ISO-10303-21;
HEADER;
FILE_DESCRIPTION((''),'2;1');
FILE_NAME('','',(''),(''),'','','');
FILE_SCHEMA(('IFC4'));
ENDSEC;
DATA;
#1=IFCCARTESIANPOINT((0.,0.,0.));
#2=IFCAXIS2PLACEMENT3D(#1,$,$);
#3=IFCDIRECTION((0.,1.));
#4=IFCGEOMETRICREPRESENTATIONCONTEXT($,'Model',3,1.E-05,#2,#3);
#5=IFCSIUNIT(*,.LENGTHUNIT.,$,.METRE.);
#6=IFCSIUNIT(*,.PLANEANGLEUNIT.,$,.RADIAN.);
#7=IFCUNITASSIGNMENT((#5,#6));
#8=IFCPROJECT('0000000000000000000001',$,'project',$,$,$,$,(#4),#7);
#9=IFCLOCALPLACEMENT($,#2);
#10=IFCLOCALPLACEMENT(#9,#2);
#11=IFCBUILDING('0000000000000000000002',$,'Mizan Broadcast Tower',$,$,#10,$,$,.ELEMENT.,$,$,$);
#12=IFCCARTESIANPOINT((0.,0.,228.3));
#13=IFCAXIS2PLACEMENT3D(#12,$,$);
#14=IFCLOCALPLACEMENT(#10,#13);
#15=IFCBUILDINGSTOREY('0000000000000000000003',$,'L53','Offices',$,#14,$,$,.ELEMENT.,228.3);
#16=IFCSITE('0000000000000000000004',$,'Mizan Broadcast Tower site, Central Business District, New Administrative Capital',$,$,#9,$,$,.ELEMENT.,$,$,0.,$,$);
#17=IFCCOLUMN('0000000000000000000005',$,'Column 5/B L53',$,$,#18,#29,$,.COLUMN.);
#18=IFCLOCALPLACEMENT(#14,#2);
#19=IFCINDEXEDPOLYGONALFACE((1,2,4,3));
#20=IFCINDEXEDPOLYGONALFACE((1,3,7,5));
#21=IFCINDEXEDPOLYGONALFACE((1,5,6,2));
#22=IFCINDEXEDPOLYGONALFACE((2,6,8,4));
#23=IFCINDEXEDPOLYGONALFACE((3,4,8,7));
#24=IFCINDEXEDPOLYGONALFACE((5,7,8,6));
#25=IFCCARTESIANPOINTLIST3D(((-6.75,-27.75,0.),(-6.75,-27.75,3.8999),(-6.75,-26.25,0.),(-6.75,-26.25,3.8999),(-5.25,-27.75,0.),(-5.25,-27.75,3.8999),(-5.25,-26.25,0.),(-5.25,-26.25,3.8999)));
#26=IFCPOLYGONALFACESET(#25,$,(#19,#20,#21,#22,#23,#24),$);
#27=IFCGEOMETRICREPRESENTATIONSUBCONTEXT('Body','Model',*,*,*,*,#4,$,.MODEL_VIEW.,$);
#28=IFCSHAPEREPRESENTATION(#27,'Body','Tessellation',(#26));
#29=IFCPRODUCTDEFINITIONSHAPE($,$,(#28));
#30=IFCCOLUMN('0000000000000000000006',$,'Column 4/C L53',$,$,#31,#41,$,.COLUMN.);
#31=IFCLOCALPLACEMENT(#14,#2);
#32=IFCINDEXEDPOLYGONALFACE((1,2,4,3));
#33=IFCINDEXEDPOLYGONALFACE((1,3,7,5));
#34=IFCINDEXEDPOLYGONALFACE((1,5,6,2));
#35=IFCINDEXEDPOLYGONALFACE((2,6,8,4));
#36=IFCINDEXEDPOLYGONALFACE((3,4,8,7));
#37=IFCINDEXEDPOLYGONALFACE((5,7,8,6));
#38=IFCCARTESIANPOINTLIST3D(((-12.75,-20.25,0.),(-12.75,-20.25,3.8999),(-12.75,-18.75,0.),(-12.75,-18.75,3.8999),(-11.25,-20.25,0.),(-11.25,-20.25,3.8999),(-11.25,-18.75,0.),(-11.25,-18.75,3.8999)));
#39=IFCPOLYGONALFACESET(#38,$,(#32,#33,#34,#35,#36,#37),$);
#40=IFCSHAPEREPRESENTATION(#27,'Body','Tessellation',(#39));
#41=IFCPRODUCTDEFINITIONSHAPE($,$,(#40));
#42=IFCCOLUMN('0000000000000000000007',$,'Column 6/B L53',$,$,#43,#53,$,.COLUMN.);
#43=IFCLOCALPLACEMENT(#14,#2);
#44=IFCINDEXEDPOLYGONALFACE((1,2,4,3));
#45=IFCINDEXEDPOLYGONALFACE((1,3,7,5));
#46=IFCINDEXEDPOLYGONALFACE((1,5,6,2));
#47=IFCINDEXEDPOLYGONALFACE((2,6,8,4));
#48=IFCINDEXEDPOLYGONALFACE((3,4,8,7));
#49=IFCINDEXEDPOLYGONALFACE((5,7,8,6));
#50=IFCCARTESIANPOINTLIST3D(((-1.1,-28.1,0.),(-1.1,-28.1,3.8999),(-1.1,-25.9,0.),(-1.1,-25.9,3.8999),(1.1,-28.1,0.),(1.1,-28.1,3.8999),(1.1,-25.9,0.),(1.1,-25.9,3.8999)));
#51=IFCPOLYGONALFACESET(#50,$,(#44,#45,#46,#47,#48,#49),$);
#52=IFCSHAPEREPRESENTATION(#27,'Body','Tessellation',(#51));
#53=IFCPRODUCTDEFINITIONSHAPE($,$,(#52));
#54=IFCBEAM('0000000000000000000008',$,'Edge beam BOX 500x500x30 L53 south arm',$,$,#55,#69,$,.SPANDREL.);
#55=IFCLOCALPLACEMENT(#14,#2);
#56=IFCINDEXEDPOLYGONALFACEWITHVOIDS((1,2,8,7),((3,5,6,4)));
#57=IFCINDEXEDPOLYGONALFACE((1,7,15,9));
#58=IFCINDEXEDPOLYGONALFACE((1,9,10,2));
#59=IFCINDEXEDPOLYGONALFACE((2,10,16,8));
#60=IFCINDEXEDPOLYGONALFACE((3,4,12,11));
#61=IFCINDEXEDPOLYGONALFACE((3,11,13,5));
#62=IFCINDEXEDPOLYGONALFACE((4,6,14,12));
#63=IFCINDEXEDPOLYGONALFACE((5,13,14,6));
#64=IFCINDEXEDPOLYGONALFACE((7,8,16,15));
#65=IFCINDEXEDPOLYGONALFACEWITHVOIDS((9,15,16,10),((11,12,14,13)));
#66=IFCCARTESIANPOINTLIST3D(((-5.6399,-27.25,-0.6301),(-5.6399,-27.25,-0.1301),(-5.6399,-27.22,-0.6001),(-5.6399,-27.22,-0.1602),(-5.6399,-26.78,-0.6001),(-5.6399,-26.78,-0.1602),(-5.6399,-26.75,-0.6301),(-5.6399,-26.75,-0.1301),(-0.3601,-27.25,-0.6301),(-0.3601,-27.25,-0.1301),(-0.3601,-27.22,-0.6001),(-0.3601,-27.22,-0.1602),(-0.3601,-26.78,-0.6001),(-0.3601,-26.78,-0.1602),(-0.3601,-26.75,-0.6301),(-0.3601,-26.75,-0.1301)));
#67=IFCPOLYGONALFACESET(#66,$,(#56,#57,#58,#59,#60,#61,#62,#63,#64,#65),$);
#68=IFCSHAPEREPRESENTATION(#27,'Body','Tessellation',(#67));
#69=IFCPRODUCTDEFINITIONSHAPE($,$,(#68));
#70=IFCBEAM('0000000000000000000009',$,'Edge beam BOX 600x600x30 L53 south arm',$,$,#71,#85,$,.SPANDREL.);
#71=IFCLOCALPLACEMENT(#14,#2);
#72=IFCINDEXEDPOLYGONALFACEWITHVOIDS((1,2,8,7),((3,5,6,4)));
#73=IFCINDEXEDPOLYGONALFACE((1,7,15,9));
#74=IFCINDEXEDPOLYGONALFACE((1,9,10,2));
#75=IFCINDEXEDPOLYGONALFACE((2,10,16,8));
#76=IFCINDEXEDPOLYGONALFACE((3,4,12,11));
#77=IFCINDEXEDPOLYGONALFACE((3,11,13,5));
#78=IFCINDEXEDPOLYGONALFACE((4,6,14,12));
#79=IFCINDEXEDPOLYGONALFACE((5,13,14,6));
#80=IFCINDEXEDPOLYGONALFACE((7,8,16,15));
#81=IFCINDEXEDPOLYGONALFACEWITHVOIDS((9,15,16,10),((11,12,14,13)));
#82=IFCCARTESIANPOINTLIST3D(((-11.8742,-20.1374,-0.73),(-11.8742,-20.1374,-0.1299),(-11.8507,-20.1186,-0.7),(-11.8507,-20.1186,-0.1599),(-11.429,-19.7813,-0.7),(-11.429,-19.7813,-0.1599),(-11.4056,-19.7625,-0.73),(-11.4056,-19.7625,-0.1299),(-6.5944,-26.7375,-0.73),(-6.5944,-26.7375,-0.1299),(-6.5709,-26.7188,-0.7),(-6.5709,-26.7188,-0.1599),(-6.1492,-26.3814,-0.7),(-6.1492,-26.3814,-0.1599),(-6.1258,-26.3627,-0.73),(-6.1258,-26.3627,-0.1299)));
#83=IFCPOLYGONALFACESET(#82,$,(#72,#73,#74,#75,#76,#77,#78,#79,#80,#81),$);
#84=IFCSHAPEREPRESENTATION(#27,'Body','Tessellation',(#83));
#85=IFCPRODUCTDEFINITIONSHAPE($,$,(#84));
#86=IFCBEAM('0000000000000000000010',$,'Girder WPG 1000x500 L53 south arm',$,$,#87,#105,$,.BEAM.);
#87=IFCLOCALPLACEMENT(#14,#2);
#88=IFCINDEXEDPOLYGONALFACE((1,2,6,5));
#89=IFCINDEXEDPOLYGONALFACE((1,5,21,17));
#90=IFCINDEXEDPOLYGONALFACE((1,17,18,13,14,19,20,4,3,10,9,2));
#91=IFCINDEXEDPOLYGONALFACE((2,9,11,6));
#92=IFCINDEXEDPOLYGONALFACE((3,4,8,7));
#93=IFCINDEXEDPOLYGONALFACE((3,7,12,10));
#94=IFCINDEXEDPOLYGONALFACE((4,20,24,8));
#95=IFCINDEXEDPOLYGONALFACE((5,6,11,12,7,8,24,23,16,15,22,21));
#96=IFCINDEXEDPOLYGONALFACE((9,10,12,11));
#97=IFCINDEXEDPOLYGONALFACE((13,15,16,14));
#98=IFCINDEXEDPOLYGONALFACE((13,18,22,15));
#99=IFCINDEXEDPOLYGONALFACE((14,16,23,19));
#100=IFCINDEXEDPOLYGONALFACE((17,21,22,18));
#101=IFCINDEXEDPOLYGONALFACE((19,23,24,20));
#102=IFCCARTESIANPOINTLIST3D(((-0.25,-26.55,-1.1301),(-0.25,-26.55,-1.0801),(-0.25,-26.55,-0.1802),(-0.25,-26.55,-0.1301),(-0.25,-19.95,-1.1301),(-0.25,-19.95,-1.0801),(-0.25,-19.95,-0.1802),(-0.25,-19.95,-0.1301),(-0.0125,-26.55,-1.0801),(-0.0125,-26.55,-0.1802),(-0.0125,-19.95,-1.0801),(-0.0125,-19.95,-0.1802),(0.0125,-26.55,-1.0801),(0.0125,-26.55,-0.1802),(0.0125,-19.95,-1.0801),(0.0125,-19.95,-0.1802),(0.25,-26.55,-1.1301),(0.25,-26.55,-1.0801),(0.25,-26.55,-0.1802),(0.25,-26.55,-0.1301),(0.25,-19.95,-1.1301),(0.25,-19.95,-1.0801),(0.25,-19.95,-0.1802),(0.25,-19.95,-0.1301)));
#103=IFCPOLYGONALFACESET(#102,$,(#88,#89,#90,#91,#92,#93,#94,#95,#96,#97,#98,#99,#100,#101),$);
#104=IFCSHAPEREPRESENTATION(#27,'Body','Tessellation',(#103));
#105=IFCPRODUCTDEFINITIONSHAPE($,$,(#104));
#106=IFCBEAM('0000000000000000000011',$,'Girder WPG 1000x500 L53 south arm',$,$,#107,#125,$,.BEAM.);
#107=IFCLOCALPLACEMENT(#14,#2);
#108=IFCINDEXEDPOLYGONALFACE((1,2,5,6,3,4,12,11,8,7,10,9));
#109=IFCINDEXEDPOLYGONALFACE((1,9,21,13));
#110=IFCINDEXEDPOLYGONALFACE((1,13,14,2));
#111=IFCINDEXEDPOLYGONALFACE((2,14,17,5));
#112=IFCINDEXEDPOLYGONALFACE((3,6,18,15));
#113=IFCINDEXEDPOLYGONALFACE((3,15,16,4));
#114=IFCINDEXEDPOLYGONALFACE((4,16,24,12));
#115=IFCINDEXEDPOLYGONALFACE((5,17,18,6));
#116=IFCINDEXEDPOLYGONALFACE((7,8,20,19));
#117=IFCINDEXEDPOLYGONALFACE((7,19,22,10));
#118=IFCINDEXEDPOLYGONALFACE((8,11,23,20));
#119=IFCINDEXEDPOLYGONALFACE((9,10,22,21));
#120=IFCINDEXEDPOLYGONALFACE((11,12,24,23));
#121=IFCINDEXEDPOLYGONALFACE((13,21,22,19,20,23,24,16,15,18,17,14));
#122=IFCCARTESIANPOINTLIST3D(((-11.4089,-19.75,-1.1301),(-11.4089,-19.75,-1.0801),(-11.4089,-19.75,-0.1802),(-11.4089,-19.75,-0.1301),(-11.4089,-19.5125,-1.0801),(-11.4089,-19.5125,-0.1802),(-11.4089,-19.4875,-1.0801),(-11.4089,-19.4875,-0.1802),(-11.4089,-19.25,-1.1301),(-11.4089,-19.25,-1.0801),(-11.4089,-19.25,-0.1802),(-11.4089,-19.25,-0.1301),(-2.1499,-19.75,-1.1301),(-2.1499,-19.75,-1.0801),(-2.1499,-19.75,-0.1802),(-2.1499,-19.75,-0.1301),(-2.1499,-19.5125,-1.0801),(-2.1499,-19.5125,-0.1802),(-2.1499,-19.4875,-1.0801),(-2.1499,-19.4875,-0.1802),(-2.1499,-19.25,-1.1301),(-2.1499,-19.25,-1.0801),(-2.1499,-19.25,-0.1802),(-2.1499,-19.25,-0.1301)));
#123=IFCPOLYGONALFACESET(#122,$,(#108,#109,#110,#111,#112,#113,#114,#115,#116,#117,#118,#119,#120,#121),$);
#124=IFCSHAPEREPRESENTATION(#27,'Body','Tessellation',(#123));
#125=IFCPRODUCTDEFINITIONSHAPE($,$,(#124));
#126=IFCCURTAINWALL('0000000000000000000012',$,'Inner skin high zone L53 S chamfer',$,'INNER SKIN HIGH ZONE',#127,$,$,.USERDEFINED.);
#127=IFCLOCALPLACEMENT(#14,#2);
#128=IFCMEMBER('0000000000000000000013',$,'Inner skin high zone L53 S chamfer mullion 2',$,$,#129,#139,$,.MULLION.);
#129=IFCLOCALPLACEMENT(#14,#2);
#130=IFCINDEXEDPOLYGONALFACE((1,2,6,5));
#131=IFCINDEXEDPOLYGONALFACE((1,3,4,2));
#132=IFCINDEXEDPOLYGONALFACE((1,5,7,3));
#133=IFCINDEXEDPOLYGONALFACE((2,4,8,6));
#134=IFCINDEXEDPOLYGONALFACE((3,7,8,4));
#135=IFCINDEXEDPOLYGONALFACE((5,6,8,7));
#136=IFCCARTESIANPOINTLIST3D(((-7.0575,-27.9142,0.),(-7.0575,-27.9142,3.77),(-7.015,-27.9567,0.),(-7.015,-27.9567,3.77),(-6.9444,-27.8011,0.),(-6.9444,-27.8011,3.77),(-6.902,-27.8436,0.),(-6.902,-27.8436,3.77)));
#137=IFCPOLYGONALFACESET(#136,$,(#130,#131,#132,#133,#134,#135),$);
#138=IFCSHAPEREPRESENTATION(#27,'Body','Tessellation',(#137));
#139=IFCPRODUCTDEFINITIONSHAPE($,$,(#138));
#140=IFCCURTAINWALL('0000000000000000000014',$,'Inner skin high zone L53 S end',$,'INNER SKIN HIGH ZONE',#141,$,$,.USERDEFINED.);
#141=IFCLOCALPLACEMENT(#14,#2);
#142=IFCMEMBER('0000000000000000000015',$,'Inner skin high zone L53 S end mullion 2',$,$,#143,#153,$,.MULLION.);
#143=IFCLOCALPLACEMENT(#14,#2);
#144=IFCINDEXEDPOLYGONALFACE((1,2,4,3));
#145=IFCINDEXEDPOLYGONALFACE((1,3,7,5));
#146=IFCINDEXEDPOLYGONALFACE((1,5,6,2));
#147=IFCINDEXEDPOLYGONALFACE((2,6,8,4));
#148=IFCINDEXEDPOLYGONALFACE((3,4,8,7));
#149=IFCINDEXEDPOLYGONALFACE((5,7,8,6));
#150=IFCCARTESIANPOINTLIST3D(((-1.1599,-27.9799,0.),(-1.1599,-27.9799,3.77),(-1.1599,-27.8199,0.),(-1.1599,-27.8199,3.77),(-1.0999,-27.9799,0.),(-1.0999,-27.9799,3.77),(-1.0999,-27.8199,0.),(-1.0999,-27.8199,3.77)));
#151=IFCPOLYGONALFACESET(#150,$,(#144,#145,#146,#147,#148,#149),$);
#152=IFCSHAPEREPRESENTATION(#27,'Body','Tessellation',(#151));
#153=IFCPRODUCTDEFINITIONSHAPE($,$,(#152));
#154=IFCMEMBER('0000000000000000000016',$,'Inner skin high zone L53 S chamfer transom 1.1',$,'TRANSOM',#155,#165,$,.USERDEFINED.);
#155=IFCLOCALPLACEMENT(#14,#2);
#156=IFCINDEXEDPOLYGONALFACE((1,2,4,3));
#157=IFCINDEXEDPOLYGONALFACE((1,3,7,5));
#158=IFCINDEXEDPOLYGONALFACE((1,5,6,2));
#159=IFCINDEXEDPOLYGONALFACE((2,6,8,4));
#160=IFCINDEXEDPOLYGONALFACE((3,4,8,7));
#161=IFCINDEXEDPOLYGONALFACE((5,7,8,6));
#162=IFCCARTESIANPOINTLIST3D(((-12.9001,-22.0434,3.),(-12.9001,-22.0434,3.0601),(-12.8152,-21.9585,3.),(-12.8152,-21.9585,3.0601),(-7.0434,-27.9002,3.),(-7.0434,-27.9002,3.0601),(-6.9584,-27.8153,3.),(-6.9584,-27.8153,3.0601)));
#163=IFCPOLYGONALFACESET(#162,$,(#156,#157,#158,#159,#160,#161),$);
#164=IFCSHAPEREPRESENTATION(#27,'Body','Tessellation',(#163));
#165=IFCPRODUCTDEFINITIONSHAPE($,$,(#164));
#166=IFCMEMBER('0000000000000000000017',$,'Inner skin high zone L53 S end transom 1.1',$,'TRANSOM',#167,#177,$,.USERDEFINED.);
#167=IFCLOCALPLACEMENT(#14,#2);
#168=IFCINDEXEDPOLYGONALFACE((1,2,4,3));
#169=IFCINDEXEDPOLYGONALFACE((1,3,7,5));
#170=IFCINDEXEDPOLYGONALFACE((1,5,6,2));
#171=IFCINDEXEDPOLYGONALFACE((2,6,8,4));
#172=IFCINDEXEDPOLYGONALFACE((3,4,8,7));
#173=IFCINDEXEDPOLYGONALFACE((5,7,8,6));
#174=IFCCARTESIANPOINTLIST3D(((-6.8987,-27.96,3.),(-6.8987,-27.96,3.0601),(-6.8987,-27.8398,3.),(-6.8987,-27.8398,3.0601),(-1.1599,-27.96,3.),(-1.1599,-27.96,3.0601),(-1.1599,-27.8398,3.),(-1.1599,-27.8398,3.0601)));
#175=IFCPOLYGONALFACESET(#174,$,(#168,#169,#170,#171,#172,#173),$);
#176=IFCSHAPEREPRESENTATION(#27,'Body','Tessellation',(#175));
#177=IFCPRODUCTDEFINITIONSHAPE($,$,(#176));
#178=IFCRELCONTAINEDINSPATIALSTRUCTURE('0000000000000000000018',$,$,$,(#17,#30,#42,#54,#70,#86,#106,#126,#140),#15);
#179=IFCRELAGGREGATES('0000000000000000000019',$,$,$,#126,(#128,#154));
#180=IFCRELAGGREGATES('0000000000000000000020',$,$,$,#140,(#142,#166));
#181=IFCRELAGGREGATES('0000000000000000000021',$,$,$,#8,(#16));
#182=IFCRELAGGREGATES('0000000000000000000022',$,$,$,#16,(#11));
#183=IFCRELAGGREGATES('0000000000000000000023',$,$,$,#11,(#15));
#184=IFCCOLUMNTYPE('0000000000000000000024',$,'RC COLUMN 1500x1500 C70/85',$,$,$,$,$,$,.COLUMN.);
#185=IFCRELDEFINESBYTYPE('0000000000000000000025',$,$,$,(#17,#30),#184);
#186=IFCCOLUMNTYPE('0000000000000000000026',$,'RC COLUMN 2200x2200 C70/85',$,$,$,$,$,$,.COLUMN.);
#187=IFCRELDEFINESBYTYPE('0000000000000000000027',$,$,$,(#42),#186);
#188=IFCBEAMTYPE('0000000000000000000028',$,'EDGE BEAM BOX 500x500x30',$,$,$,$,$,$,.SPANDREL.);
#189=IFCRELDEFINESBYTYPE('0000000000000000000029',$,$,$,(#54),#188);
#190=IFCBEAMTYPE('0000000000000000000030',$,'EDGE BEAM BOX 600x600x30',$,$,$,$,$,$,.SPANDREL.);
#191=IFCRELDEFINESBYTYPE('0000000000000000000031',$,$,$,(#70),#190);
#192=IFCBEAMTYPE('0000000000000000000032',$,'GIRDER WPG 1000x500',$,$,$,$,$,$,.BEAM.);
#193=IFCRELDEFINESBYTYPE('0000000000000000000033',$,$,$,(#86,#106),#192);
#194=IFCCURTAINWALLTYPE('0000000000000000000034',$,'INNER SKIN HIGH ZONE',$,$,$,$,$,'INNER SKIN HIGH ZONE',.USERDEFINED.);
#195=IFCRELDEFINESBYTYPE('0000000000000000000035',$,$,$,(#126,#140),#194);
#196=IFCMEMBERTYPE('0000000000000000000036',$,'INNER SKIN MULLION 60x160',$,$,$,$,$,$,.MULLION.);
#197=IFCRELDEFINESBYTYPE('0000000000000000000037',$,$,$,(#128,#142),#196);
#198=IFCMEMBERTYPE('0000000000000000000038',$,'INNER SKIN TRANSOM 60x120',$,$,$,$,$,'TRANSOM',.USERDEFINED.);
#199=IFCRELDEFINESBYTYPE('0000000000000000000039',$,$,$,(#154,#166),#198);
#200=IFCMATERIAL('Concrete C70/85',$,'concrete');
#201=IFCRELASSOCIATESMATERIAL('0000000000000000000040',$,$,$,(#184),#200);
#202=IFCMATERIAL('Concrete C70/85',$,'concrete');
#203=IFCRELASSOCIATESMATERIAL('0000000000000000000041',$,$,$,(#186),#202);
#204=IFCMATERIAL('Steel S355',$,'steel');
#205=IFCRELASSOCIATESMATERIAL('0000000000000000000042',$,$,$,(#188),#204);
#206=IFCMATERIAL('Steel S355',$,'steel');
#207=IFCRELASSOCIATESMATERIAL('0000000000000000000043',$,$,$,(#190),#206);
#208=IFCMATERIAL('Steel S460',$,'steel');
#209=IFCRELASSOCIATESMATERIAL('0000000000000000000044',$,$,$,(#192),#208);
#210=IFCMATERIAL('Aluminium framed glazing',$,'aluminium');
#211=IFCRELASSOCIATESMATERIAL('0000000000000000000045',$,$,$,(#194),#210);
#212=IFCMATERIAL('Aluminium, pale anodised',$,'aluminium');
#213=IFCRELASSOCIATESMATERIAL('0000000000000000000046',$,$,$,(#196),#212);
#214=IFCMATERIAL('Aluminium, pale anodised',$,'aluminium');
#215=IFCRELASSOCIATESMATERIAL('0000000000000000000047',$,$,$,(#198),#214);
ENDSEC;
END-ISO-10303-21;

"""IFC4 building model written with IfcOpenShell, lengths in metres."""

from ifc_helpers import new_model, si_unit, direction, frame, origin, origin_2d, place, context, subcontext, project, spatial, rectangle, hollow_rectangle, i_section, extrude, material, material_profile, profile_set, type_object, element, aggregate, save


model = new_model("IFC4")

# Units and contexts
model_context = context("Model", 3, precision=1e-05, world=origin(), true_north=direction((0.0, 1.0)))
body_context = subcontext(model_context, "Body", "Model", "MODEL_VIEW")
ifc_project = project(units=[si_unit("LENGTHUNIT", "METRE"), si_unit("PLANEANGLEUNIT", "RADIAN")], contexts=[model_context])

# Site, building, storey
site_placement = place(None, origin())
site = spatial("IfcSite", under=ifc_project, at=site_placement, Name="Mizan Broadcast Tower site, Central Business District, New Administrative Capital", CompositionType="ELEMENT", RefElevation=0.0)
building_placement = place(site_placement, origin())
building = spatial("IfcBuilding", under=site, at=building_placement, Name="Mizan Broadcast Tower", CompositionType="ELEMENT")
storey_placement = place(building_placement, frame((0.0, 0.0, 228.3)))
storey = spatial("IfcBuildingStorey", under=building, at=storey_placement, Name="L53", Description="Offices", CompositionType="ELEMENT", Elevation=228.3)

# Columns
ifc_material_1 = material(Name="Concrete C70/85", Category="concrete")
ifc_material_profile_1 = material_profile(ifc_material_1, rectangle(XDim=1.5, YDim=1.5, at=origin_2d()), Name="RC 1500x1500")
ifc_profile_set_1 = profile_set([ifc_material_profile_1], Name="Concrete C70/85")
column_type_1 = type_object("IfcColumnType", Name="RC COLUMN 1500x1500 C70/85", PredefinedType="COLUMN", material=ifc_profile_set_1)
for number, where, z_axis, x_axis, name in (
    (1, (-6.0, -27.0, 0.0), (0.0, 0.0, 1.0), (1.0, 0.0, 0.0), "Column 5/B L53"),
    (2, (-12.0, -19.5, 0.0), (0.0, 0.0, 1.0), (1.0, 0.0, 0.0), "Column 4/C L53"),
):
    element("IfcColumn", number, at=place(storey_placement, frame(where, z_axis=z_axis, x_axis=x_axis)), inside=storey, type_object=column_type_1, Name=name, PredefinedType="COLUMN", context=body_context, shape_type="SweptSolid", body=[
        extrude(rectangle(XDim=1.5, YDim=1.5, at=origin_2d()), origin(), (0.0, 0.0, 1.0), 3.8999),
    ])
ifc_material_2 = material(Name="Concrete C70/85", Category="concrete")
ifc_material_profile_2 = material_profile(ifc_material_2, rectangle(XDim=2.2, YDim=2.2, at=origin_2d()), Name="RC 2200x2200")
ifc_profile_set_2 = profile_set([ifc_material_profile_2], Name="Concrete C70/85")
column_type_2 = type_object("IfcColumnType", Name="RC COLUMN 2200x2200 C70/85", PredefinedType="COLUMN", material=ifc_profile_set_2)
column_placement = place(storey_placement, frame((0.0, -27.0, 0.0), z_axis=(0.0, 0.0, 1.0), x_axis=(1.0, 0.0, 0.0)))
element("IfcColumn", 3, at=column_placement, inside=storey, type_object=column_type_2, Name="Column 6/B L53", PredefinedType="COLUMN", context=body_context, shape_type="SweptSolid", body=[
    extrude(rectangle(XDim=2.2, YDim=2.2, at=origin_2d()), origin(), (0.0, 0.0, 1.0), 3.8999),
])

# Beams
ifc_material_3 = material(Name="Steel S355", Category="steel")
ifc_material_profile_3 = material_profile(ifc_material_3, hollow_rectangle(XDim=0.5, YDim=0.5, WallThickness=0.03, at=origin_2d()), Name="BOX 500x500x30")
ifc_profile_set_3 = profile_set([ifc_material_profile_3], Name="Steel S355")
beam_type_1 = type_object("IfcBeamType", Name="EDGE BEAM BOX 500x500x30", PredefinedType="SPANDREL", material=ifc_profile_set_3)
beam_1_placement = place(storey_placement, frame((-5.6399, -27.0, -0.3801), z_axis=(1.0, 0.0, 0.0), x_axis=(0.0, 1.0, 0.0)))
element("IfcBeam", 4, at=beam_1_placement, inside=storey, type_object=beam_type_1, Name="Edge beam BOX 500x500x30 L53 south arm", PredefinedType="SPANDREL", context=body_context, shape_type="SweptSolid", body=[
    extrude(hollow_rectangle(XDim=0.5, YDim=0.5, WallThickness=0.03, at=origin_2d()), origin(), (0.0, 0.0, 1.0), 5.2798),
])
ifc_material_4 = material(Name="Steel S355", Category="steel")
ifc_material_profile_4 = material_profile(ifc_material_4, hollow_rectangle(XDim=0.6001, YDim=0.6001, WallThickness=0.03, at=origin_2d()), Name="BOX 600x600x30")
ifc_profile_set_4 = profile_set([ifc_material_profile_4], Name="Steel S355")
beam_type_2 = type_object("IfcBeamType", Name="EDGE BEAM BOX 600x600x30", PredefinedType="SPANDREL", material=ifc_profile_set_4)
beam_2_placement = place(storey_placement, frame((-11.6399, -19.95, -0.4299), z_axis=(0.624674, -0.780886, 0.0), x_axis=(0.780886, 0.624674, 0.0)))
element("IfcBeam", 5, at=beam_2_placement, inside=storey, type_object=beam_type_2, Name="Edge beam BOX 600x600x30 L53 south arm", PredefinedType="SPANDREL", context=body_context, shape_type="SweptSolid", body=[
    extrude(hollow_rectangle(XDim=0.6001, YDim=0.6001, WallThickness=0.03, at=origin_2d()), origin(), (0.0, 0.0, 1.0), 8.4521),
])
ifc_material_5 = material(Name="Steel S460", Category="steel")
ifc_material_profile_5 = material_profile(ifc_material_5, i_section(OverallWidth=0.5, OverallDepth=1.0, WebThickness=0.0249, FlangeThickness=0.05, at=origin_2d()), Name="WPG 1000x500")
ifc_profile_set_5 = profile_set([ifc_material_profile_5], Name="Steel S460")
beam_type_3 = type_object("IfcBeamType", Name="GIRDER WPG 1000x500", PredefinedType="BEAM", material=ifc_profile_set_5)
beam_3_placement = place(storey_placement, frame((0.0, -19.95, -0.6301), z_axis=(0.0, -1.0, 0.0), x_axis=(1.0, 0.0, 0.0)))
element("IfcBeam", 6, at=beam_3_placement, inside=storey, type_object=beam_type_3, Name="Girder WPG 1000x500 L53 south arm", PredefinedType="BEAM", context=body_context, shape_type="SweptSolid", body=[
    extrude(i_section(OverallWidth=0.5, OverallDepth=1.0, WebThickness=0.0249, FlangeThickness=0.05, at=origin_2d()), origin(), (0.0, 0.0, 1.0), 6.6001),
])
beam_4_placement = place(storey_placement, frame((-11.4089, -19.5, -0.6301), z_axis=(1.0, 0.0, 0.0), x_axis=(0.0, 1.0, 0.0)))
element("IfcBeam", 7, at=beam_4_placement, inside=storey, type_object=beam_type_3, Name="Girder WPG 1000x500 L53 south arm", PredefinedType="BEAM", context=body_context, shape_type="SweptSolid", body=[
    extrude(i_section(OverallWidth=0.5, OverallDepth=1.0, WebThickness=0.0249, FlangeThickness=0.05, at=origin_2d()), origin(), (0.0, 0.0, 1.0), 9.259),
])

# Curtain walls, members
ifc_material_6 = material(Name="Aluminium framed glazing", Category="aluminium")
curtain_wall_type_1 = type_object("IfcCurtainWallType", Name="INNER SKIN HIGH ZONE", ElementType="INNER SKIN HIGH ZONE", PredefinedType="USERDEFINED", material=ifc_material_6)
curtain_wall_1_placement = place(storey_placement, origin())
curtain_wall_1 = element("IfcCurtainWall", 8, at=curtain_wall_1_placement, inside=storey, type_object=curtain_wall_type_1, Name="Inner skin high zone L53 S chamfer", ObjectType="INNER SKIN HIGH ZONE", PredefinedType="USERDEFINED")
ifc_material_7 = material(Name="Aluminium, pale anodised", Category="aluminium")
ifc_material_profile_6 = material_profile(ifc_material_7, rectangle(XDim=0.1599, YDim=0.0601, at=origin_2d()), Name="MULLION 160x60")
ifc_profile_set_6 = profile_set([ifc_material_profile_6], Name="Aluminium, pale anodised")
member_type_1 = type_object("IfcMemberType", Name="INNER SKIN MULLION 60x160", PredefinedType="MULLION", material=ifc_profile_set_6)
member_1_placement = place(storey_placement, frame((-6.9797, -27.8789, 0.0), z_axis=(0.0, 0.0, 1.0), x_axis=(0.707107, 0.707107, 0.0)))
member_1 = element("IfcMember", 9, at=member_1_placement, type_object=member_type_1, Name="Inner skin high zone L53 S chamfer mullion 2", PredefinedType="MULLION", context=body_context, shape_type="SweptSolid", body=[
    extrude(rectangle(XDim=0.1599, YDim=0.0601, at=origin_2d()), origin(), (0.0, 0.0, 1.0), 3.77),
])
curtain_wall_2_placement = place(storey_placement, origin())
curtain_wall_2 = element("IfcCurtainWall", 10, at=curtain_wall_2_placement, inside=storey, type_object=curtain_wall_type_1, Name="Inner skin high zone L53 S end", ObjectType="INNER SKIN HIGH ZONE", PredefinedType="USERDEFINED")
member_2_placement = place(storey_placement, frame((-1.1299, -27.8999, 0.0), z_axis=(0.0, 0.0, 1.0), x_axis=(0.0, 1.0, 0.0)))
member_2 = element("IfcMember", 11, at=member_2_placement, type_object=member_type_1, Name="Inner skin high zone L53 S end mullion 2", PredefinedType="MULLION", context=body_context, shape_type="SweptSolid", body=[
    extrude(rectangle(XDim=0.1599, YDim=0.0601, at=origin_2d()), origin(), (0.0, 0.0, 1.0), 3.77),
])

# Members
ifc_material_8 = material(Name="Aluminium, pale anodised", Category="aluminium")
ifc_material_profile_7 = material_profile(ifc_material_8, rectangle(XDim=0.1201, YDim=0.0601, at=origin_2d()), Name="TRANSOM 120x60")
ifc_profile_set_7 = profile_set([ifc_material_profile_7], Name="Aluminium, pale anodised")
member_type_2 = type_object("IfcMemberType", Name="INNER SKIN TRANSOM 60x120", ElementType="TRANSOM", PredefinedType="USERDEFINED", material=ifc_profile_set_7)
member_3_placement = place(storey_placement, frame((-12.8577, -22.001, 3.03), z_axis=(0.707107, -0.707107, 0.0), x_axis=(0.707107, 0.707107, 0.0)))
member_3 = element("IfcMember", 12, at=member_3_placement, type_object=member_type_2, Name="Inner skin high zone L53 S chamfer transom 1.1", ObjectType="TRANSOM", PredefinedType="USERDEFINED", context=body_context, shape_type="SweptSolid", body=[
    extrude(rectangle(XDim=0.1201, YDim=0.0601, at=origin_2d()), origin(), (0.0, 0.0, 1.0), 8.2827),
])
member_4_placement = place(storey_placement, frame((-6.8987, -27.8999, 3.03), z_axis=(1.0, 0.0, 0.0), x_axis=(0.0, 1.0, 0.0)))
member_4 = element("IfcMember", 13, at=member_4_placement, type_object=member_type_2, Name="Inner skin high zone L53 S end transom 1.1", ObjectType="TRANSOM", PredefinedType="USERDEFINED", context=body_context, shape_type="SweptSolid", body=[
    extrude(rectangle(XDim=0.1201, YDim=0.0601, at=origin_2d()), origin(), (0.0, 0.0, 1.0), 5.7388),
])

aggregate(curtain_wall_1, [member_1, member_3])
aggregate(curtain_wall_2, [member_2, member_4])

save(model, "model.ifc")
